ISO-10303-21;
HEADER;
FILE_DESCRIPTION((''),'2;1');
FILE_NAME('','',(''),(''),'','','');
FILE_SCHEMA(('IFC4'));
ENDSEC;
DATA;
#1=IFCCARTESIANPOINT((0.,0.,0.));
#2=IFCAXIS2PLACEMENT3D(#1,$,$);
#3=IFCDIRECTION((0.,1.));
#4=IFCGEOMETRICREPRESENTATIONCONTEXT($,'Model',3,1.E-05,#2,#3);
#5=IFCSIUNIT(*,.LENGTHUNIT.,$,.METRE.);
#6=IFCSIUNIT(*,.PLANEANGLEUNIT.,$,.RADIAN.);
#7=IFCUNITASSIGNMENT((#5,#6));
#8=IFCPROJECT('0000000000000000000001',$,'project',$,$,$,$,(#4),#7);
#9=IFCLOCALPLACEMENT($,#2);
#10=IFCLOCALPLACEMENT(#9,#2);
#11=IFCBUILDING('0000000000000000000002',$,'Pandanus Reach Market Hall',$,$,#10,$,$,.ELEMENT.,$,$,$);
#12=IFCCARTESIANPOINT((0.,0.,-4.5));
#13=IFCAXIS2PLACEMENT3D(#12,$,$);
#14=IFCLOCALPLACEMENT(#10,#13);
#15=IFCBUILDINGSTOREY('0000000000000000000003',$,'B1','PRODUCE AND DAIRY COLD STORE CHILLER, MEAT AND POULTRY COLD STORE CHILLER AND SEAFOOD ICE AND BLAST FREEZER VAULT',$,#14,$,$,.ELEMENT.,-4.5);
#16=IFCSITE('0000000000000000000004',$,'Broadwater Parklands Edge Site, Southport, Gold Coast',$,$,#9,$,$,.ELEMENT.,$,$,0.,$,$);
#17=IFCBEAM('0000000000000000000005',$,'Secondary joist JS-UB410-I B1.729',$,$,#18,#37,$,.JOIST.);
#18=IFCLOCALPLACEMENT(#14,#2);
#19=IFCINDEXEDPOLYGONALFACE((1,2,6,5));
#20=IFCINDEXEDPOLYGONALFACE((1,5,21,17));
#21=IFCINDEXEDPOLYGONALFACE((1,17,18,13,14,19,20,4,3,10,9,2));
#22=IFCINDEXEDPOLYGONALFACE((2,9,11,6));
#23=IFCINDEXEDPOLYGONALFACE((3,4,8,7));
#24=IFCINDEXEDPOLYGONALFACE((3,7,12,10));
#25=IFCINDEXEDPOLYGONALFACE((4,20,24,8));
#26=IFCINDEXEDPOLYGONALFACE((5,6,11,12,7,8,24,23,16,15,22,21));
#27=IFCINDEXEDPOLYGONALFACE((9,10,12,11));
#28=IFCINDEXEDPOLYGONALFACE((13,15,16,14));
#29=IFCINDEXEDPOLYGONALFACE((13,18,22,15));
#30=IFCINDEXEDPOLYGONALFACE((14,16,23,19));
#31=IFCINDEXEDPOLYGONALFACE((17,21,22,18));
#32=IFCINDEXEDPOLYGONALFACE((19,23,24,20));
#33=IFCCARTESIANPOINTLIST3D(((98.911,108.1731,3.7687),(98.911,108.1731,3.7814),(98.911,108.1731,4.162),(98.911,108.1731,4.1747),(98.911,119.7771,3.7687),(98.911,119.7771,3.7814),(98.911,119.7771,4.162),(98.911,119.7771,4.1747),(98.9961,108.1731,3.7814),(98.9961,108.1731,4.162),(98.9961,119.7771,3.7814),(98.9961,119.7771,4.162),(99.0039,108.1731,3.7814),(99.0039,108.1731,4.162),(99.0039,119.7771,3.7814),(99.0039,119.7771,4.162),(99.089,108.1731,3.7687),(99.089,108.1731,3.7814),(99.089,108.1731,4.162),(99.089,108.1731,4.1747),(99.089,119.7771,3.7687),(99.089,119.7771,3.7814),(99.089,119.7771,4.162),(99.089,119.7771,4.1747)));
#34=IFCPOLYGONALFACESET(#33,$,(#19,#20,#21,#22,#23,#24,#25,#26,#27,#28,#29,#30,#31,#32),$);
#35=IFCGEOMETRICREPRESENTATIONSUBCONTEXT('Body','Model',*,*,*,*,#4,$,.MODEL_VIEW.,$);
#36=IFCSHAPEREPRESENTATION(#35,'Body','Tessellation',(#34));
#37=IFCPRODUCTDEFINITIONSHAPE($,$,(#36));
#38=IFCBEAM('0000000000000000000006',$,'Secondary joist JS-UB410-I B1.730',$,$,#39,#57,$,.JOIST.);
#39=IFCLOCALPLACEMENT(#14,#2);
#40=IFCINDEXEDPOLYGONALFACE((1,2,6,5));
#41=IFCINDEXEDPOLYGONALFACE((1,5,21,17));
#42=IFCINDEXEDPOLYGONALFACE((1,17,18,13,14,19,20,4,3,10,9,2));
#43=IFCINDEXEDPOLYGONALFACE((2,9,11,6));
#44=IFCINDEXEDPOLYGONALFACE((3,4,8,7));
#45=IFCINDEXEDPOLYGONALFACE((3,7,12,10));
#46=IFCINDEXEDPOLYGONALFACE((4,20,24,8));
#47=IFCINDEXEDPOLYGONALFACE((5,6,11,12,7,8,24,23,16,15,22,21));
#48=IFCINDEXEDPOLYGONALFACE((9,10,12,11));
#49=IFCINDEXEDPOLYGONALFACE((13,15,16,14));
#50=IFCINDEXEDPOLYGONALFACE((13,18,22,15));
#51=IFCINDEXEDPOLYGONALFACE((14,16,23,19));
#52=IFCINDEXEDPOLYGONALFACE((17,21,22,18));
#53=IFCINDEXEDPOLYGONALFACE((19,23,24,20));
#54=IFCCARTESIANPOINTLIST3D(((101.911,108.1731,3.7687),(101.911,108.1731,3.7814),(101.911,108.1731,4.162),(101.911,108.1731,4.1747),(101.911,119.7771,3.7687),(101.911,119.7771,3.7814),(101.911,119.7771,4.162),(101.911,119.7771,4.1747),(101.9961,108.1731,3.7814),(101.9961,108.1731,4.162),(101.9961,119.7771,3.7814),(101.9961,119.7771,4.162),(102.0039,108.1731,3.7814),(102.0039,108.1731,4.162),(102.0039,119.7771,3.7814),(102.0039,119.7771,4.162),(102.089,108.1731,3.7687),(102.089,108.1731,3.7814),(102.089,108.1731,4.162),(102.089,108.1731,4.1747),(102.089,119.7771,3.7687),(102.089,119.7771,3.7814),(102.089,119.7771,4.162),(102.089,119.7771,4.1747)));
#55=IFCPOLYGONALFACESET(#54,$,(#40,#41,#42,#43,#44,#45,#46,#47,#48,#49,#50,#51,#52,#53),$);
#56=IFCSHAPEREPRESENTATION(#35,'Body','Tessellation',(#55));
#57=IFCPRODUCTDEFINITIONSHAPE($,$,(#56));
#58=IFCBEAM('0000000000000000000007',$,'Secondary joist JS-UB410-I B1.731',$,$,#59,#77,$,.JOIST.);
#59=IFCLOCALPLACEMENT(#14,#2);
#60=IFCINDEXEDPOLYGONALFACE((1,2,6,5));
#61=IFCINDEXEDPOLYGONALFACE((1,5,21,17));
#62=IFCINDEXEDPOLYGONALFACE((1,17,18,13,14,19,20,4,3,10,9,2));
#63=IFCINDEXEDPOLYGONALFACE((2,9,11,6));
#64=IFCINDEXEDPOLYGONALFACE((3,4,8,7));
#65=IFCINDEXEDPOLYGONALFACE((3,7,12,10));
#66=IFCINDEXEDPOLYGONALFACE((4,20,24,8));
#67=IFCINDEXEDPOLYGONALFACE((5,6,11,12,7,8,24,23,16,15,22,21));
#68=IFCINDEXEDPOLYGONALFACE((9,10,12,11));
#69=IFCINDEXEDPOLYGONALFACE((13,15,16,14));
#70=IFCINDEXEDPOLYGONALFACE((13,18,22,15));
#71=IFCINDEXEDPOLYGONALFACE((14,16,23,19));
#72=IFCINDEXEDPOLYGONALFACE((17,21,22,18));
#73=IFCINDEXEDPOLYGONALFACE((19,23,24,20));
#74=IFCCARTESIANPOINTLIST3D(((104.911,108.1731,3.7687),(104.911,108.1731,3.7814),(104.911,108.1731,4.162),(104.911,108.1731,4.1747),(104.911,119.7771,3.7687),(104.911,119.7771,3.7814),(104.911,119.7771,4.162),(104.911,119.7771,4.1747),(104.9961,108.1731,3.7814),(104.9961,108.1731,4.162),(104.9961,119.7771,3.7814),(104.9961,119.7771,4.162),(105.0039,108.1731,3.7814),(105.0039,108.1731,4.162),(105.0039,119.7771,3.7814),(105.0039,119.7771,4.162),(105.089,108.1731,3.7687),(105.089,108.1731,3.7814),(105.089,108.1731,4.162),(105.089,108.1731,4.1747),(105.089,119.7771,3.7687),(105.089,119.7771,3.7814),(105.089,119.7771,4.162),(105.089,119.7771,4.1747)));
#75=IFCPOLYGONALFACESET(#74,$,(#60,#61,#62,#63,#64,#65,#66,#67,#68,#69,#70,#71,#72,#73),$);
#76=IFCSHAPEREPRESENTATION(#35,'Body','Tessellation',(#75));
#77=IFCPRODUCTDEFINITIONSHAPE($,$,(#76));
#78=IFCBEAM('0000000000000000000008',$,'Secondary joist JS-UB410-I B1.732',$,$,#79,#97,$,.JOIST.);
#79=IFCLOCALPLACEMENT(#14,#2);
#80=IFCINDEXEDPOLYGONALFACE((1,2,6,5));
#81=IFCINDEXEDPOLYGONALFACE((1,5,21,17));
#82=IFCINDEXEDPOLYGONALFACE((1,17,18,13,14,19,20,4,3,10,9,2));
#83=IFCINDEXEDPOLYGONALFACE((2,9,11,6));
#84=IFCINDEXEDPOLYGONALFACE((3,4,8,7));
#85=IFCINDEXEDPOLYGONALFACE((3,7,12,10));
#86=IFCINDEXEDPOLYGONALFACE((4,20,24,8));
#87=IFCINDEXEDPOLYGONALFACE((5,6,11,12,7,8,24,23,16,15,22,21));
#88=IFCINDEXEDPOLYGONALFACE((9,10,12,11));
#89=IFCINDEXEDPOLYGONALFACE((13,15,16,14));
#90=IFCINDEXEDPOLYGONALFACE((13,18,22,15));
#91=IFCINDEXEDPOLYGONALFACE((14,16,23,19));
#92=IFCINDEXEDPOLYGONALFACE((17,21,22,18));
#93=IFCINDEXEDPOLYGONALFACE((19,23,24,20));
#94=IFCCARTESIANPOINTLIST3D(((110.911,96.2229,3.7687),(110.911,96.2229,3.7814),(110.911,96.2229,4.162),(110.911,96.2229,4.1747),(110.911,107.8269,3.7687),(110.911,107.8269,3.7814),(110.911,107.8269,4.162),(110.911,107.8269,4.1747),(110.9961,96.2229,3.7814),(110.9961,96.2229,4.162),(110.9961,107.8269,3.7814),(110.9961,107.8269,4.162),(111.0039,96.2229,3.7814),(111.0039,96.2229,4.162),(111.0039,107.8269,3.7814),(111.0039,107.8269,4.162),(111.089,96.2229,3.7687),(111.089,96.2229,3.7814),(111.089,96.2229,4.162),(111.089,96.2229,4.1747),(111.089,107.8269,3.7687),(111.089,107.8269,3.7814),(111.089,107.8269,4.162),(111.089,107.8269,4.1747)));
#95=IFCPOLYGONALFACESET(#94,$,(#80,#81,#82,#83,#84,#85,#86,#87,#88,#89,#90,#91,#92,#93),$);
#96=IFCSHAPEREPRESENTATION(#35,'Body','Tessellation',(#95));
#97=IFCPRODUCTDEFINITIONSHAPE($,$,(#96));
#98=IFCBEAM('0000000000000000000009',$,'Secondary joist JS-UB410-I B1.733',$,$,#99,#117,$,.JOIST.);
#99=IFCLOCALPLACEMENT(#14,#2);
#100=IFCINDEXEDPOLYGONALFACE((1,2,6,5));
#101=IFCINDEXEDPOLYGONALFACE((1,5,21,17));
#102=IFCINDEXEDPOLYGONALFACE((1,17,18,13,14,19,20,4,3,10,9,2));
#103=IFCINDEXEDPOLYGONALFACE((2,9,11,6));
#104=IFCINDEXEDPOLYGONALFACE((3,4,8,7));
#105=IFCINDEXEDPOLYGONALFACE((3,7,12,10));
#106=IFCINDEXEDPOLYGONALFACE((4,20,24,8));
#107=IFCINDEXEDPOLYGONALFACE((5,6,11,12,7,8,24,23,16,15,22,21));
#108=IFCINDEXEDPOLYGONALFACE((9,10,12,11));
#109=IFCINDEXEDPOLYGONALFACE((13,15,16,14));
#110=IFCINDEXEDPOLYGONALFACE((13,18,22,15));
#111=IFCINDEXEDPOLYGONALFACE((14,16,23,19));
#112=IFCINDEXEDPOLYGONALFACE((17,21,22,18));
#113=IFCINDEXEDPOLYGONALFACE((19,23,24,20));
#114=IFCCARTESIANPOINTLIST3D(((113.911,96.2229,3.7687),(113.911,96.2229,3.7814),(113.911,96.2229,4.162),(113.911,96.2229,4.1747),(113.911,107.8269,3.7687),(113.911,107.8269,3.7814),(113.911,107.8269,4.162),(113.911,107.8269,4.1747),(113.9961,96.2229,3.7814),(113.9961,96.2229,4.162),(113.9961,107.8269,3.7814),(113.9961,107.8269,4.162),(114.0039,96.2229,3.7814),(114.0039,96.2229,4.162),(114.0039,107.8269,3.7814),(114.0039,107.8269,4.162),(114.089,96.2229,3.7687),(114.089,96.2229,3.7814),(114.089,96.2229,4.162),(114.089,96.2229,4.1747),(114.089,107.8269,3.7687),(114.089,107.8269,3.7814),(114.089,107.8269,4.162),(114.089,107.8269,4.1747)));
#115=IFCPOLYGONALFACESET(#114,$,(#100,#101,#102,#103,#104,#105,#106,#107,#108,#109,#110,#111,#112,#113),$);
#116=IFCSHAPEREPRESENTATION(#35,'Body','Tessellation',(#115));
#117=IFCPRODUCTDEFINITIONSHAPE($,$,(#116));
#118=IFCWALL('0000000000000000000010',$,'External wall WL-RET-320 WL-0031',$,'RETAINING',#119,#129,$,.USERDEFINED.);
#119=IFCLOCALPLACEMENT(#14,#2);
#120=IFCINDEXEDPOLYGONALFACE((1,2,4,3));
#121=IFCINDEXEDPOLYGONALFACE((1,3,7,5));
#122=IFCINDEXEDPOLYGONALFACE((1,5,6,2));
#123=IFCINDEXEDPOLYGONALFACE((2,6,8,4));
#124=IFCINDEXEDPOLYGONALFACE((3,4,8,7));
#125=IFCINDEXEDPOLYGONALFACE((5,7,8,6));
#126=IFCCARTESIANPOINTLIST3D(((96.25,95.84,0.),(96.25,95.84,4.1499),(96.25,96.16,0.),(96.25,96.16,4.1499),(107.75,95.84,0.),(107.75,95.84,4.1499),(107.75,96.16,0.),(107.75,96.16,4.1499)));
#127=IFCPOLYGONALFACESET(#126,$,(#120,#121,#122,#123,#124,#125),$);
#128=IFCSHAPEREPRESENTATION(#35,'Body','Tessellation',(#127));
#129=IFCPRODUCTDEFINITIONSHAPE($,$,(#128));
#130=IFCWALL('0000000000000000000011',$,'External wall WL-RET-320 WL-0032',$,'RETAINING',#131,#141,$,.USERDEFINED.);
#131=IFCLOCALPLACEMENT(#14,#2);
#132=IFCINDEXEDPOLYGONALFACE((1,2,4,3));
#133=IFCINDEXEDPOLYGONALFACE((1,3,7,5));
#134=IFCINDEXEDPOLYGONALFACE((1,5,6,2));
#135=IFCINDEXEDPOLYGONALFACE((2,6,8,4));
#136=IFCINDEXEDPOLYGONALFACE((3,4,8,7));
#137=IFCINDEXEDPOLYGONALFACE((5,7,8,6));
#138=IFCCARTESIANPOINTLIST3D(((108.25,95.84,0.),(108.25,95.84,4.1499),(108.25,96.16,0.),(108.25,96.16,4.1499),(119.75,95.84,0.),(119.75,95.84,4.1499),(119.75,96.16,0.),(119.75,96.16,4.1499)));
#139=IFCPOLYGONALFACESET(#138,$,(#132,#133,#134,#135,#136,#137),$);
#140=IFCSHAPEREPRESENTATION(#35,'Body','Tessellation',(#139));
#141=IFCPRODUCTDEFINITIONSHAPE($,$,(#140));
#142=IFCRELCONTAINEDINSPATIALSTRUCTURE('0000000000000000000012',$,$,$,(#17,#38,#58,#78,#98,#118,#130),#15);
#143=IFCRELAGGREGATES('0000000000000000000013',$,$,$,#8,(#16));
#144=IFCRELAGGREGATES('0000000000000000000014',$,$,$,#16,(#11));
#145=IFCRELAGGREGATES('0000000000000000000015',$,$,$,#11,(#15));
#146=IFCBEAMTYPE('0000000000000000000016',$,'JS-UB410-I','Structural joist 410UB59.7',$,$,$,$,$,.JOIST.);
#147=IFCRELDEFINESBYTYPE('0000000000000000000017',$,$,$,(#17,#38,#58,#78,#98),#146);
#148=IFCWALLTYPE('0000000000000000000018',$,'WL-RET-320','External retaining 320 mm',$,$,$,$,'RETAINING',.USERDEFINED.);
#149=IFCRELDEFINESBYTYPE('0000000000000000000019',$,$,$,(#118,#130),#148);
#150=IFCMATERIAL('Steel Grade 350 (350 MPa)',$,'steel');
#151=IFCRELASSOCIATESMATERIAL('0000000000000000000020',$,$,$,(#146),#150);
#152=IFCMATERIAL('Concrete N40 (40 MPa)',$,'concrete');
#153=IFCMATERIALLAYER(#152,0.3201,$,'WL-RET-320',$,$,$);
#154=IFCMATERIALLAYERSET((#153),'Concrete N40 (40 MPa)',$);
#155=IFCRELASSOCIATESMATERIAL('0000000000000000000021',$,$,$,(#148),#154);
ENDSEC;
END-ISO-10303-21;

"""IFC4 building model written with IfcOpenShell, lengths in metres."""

from ifc_helpers import new_model, si_unit, direction, frame, frame_2d, origin, origin_2d, place, context, subcontext, project, spatial, rectangle, i_section, extrude, material, layer, layer_set, material_profile, profile_set, type_object, element, save


model = new_model("IFC4")

# Units and contexts
model_context = context("Model", 3, precision=1e-05, world=origin(), true_north=direction((0.0, 1.0)))
body_context = subcontext(model_context, "Body", "Model", "MODEL_VIEW")
ifc_project = project(units=[si_unit("LENGTHUNIT", "METRE"), si_unit("PLANEANGLEUNIT", "RADIAN")], contexts=[model_context])

# Site, building, storey
site_placement = place(None, origin())
site = spatial("IfcSite", under=ifc_project, at=site_placement, Name="Broadwater Parklands Edge Site, Southport, Gold Coast", CompositionType="ELEMENT", RefElevation=0.0)
building_placement = place(site_placement, origin())
building = spatial("IfcBuilding", under=site, at=building_placement, Name="Pandanus Reach Market Hall", CompositionType="ELEMENT")
storey_placement = place(building_placement, frame((0.0, 0.0, -4.5)))
storey = spatial("IfcBuildingStorey", under=building, at=storey_placement, Name="B1", Description="PRODUCE AND DAIRY COLD STORE CHILLER, MEAT AND POULTRY COLD STORE CHILLER AND SEAFOOD ICE AND BLAST FREEZER VAULT", CompositionType="ELEMENT", Elevation=-4.5)

# Shared definitions
ifc_material_1 = material(Name="Concrete N40 (40 MPa)", Category="concrete")

# Beams
ifc_material_2 = material(Name="Steel Grade 350 (350 MPa)", Category="steel")
ifc_material_profile_1 = material_profile(ifc_material_2, i_section(OverallWidth=0.178, OverallDepth=0.406, WebThickness=0.0078, FlangeThickness=0.0127, at=origin_2d()), Name="410UB59.7", Category="LoadBearing")
ifc_profile_set_1 = profile_set([ifc_material_profile_1], Name="Steel Grade 350 (350 MPa)")
beam_type_1 = type_object("IfcBeamType", Name="JS-UB410-I", Description="Structural joist 410UB59.7", PredefinedType="JOIST", material=ifc_profile_set_1)
for number, where, z_axis, x_axis, name in (
    (1, (99.0, 108.1731, 3.9717), (0.0, 1.0, 0.0), (-1.0, 0.0, 0.0), "Secondary joist JS-UB410-I B1.729"),
    (2, (102.0, 108.1731, 3.9717), (0.0, 1.0, 0.0), (-1.0, 0.0, 0.0), "Secondary joist JS-UB410-I B1.730"),
    (3, (105.0, 108.1731, 3.9717), (0.0, 1.0, 0.0), (-1.0, 0.0, 0.0), "Secondary joist JS-UB410-I B1.731"),
    (4, (111.0, 96.2229, 3.9717), (0.0, 1.0, 0.0), (-1.0, 0.0, 0.0), "Secondary joist JS-UB410-I B1.732"),
    (5, (114.0, 96.2229, 3.9717), (0.0, 1.0, 0.0), (-1.0, 0.0, 0.0), "Secondary joist JS-UB410-I B1.733"),
):
    element("IfcBeam", number, at=place(storey_placement, frame(where, z_axis=z_axis, x_axis=x_axis)), inside=storey, type_object=beam_type_1, Name=name, PredefinedType="JOIST", context=body_context, shape_type="SweptSolid", body=[
        extrude(i_section(OverallWidth=0.178, OverallDepth=0.406, WebThickness=0.0078, FlangeThickness=0.0127, at=origin_2d()), origin(), (0.0, 0.0, 1.0), 11.604),
    ])

# Walls
ifc_layer = layer(ifc_material_1, 0.3201, Name="WL-RET-320")
ifc_layer_set = layer_set([ifc_layer], Name="Concrete N40 (40 MPa)")
wall_type = type_object("IfcWallType", Name="WL-RET-320", Description="External retaining 320 mm", ElementType="RETAINING", PredefinedType="USERDEFINED", material=ifc_layer_set)
for number, where, z_axis, x_axis, name in (
    (6, (96.25, 96.0, 0.0), (0.0, 0.0, 1.0), (1.0, 0.0, 0.0), "External wall WL-RET-320 WL-0031"),
    (7, (108.25, 96.0, 0.0), (0.0, 0.0, 1.0), (1.0, 0.0, 0.0), "External wall WL-RET-320 WL-0032"),
):
    element("IfcWall", number, at=place(storey_placement, frame(where, z_axis=z_axis, x_axis=x_axis)), inside=storey, type_object=wall_type, Name=name, ObjectType="RETAINING", PredefinedType="USERDEFINED", context=body_context, shape_type="SweptSolid", body=[
        extrude(rectangle(XDim=11.5, YDim=0.3201, at=frame_2d((5.75, 0.0))), origin(), (0.0, 0.0, 1.0), 4.1499),
    ])

save(model, "model.ifc")
